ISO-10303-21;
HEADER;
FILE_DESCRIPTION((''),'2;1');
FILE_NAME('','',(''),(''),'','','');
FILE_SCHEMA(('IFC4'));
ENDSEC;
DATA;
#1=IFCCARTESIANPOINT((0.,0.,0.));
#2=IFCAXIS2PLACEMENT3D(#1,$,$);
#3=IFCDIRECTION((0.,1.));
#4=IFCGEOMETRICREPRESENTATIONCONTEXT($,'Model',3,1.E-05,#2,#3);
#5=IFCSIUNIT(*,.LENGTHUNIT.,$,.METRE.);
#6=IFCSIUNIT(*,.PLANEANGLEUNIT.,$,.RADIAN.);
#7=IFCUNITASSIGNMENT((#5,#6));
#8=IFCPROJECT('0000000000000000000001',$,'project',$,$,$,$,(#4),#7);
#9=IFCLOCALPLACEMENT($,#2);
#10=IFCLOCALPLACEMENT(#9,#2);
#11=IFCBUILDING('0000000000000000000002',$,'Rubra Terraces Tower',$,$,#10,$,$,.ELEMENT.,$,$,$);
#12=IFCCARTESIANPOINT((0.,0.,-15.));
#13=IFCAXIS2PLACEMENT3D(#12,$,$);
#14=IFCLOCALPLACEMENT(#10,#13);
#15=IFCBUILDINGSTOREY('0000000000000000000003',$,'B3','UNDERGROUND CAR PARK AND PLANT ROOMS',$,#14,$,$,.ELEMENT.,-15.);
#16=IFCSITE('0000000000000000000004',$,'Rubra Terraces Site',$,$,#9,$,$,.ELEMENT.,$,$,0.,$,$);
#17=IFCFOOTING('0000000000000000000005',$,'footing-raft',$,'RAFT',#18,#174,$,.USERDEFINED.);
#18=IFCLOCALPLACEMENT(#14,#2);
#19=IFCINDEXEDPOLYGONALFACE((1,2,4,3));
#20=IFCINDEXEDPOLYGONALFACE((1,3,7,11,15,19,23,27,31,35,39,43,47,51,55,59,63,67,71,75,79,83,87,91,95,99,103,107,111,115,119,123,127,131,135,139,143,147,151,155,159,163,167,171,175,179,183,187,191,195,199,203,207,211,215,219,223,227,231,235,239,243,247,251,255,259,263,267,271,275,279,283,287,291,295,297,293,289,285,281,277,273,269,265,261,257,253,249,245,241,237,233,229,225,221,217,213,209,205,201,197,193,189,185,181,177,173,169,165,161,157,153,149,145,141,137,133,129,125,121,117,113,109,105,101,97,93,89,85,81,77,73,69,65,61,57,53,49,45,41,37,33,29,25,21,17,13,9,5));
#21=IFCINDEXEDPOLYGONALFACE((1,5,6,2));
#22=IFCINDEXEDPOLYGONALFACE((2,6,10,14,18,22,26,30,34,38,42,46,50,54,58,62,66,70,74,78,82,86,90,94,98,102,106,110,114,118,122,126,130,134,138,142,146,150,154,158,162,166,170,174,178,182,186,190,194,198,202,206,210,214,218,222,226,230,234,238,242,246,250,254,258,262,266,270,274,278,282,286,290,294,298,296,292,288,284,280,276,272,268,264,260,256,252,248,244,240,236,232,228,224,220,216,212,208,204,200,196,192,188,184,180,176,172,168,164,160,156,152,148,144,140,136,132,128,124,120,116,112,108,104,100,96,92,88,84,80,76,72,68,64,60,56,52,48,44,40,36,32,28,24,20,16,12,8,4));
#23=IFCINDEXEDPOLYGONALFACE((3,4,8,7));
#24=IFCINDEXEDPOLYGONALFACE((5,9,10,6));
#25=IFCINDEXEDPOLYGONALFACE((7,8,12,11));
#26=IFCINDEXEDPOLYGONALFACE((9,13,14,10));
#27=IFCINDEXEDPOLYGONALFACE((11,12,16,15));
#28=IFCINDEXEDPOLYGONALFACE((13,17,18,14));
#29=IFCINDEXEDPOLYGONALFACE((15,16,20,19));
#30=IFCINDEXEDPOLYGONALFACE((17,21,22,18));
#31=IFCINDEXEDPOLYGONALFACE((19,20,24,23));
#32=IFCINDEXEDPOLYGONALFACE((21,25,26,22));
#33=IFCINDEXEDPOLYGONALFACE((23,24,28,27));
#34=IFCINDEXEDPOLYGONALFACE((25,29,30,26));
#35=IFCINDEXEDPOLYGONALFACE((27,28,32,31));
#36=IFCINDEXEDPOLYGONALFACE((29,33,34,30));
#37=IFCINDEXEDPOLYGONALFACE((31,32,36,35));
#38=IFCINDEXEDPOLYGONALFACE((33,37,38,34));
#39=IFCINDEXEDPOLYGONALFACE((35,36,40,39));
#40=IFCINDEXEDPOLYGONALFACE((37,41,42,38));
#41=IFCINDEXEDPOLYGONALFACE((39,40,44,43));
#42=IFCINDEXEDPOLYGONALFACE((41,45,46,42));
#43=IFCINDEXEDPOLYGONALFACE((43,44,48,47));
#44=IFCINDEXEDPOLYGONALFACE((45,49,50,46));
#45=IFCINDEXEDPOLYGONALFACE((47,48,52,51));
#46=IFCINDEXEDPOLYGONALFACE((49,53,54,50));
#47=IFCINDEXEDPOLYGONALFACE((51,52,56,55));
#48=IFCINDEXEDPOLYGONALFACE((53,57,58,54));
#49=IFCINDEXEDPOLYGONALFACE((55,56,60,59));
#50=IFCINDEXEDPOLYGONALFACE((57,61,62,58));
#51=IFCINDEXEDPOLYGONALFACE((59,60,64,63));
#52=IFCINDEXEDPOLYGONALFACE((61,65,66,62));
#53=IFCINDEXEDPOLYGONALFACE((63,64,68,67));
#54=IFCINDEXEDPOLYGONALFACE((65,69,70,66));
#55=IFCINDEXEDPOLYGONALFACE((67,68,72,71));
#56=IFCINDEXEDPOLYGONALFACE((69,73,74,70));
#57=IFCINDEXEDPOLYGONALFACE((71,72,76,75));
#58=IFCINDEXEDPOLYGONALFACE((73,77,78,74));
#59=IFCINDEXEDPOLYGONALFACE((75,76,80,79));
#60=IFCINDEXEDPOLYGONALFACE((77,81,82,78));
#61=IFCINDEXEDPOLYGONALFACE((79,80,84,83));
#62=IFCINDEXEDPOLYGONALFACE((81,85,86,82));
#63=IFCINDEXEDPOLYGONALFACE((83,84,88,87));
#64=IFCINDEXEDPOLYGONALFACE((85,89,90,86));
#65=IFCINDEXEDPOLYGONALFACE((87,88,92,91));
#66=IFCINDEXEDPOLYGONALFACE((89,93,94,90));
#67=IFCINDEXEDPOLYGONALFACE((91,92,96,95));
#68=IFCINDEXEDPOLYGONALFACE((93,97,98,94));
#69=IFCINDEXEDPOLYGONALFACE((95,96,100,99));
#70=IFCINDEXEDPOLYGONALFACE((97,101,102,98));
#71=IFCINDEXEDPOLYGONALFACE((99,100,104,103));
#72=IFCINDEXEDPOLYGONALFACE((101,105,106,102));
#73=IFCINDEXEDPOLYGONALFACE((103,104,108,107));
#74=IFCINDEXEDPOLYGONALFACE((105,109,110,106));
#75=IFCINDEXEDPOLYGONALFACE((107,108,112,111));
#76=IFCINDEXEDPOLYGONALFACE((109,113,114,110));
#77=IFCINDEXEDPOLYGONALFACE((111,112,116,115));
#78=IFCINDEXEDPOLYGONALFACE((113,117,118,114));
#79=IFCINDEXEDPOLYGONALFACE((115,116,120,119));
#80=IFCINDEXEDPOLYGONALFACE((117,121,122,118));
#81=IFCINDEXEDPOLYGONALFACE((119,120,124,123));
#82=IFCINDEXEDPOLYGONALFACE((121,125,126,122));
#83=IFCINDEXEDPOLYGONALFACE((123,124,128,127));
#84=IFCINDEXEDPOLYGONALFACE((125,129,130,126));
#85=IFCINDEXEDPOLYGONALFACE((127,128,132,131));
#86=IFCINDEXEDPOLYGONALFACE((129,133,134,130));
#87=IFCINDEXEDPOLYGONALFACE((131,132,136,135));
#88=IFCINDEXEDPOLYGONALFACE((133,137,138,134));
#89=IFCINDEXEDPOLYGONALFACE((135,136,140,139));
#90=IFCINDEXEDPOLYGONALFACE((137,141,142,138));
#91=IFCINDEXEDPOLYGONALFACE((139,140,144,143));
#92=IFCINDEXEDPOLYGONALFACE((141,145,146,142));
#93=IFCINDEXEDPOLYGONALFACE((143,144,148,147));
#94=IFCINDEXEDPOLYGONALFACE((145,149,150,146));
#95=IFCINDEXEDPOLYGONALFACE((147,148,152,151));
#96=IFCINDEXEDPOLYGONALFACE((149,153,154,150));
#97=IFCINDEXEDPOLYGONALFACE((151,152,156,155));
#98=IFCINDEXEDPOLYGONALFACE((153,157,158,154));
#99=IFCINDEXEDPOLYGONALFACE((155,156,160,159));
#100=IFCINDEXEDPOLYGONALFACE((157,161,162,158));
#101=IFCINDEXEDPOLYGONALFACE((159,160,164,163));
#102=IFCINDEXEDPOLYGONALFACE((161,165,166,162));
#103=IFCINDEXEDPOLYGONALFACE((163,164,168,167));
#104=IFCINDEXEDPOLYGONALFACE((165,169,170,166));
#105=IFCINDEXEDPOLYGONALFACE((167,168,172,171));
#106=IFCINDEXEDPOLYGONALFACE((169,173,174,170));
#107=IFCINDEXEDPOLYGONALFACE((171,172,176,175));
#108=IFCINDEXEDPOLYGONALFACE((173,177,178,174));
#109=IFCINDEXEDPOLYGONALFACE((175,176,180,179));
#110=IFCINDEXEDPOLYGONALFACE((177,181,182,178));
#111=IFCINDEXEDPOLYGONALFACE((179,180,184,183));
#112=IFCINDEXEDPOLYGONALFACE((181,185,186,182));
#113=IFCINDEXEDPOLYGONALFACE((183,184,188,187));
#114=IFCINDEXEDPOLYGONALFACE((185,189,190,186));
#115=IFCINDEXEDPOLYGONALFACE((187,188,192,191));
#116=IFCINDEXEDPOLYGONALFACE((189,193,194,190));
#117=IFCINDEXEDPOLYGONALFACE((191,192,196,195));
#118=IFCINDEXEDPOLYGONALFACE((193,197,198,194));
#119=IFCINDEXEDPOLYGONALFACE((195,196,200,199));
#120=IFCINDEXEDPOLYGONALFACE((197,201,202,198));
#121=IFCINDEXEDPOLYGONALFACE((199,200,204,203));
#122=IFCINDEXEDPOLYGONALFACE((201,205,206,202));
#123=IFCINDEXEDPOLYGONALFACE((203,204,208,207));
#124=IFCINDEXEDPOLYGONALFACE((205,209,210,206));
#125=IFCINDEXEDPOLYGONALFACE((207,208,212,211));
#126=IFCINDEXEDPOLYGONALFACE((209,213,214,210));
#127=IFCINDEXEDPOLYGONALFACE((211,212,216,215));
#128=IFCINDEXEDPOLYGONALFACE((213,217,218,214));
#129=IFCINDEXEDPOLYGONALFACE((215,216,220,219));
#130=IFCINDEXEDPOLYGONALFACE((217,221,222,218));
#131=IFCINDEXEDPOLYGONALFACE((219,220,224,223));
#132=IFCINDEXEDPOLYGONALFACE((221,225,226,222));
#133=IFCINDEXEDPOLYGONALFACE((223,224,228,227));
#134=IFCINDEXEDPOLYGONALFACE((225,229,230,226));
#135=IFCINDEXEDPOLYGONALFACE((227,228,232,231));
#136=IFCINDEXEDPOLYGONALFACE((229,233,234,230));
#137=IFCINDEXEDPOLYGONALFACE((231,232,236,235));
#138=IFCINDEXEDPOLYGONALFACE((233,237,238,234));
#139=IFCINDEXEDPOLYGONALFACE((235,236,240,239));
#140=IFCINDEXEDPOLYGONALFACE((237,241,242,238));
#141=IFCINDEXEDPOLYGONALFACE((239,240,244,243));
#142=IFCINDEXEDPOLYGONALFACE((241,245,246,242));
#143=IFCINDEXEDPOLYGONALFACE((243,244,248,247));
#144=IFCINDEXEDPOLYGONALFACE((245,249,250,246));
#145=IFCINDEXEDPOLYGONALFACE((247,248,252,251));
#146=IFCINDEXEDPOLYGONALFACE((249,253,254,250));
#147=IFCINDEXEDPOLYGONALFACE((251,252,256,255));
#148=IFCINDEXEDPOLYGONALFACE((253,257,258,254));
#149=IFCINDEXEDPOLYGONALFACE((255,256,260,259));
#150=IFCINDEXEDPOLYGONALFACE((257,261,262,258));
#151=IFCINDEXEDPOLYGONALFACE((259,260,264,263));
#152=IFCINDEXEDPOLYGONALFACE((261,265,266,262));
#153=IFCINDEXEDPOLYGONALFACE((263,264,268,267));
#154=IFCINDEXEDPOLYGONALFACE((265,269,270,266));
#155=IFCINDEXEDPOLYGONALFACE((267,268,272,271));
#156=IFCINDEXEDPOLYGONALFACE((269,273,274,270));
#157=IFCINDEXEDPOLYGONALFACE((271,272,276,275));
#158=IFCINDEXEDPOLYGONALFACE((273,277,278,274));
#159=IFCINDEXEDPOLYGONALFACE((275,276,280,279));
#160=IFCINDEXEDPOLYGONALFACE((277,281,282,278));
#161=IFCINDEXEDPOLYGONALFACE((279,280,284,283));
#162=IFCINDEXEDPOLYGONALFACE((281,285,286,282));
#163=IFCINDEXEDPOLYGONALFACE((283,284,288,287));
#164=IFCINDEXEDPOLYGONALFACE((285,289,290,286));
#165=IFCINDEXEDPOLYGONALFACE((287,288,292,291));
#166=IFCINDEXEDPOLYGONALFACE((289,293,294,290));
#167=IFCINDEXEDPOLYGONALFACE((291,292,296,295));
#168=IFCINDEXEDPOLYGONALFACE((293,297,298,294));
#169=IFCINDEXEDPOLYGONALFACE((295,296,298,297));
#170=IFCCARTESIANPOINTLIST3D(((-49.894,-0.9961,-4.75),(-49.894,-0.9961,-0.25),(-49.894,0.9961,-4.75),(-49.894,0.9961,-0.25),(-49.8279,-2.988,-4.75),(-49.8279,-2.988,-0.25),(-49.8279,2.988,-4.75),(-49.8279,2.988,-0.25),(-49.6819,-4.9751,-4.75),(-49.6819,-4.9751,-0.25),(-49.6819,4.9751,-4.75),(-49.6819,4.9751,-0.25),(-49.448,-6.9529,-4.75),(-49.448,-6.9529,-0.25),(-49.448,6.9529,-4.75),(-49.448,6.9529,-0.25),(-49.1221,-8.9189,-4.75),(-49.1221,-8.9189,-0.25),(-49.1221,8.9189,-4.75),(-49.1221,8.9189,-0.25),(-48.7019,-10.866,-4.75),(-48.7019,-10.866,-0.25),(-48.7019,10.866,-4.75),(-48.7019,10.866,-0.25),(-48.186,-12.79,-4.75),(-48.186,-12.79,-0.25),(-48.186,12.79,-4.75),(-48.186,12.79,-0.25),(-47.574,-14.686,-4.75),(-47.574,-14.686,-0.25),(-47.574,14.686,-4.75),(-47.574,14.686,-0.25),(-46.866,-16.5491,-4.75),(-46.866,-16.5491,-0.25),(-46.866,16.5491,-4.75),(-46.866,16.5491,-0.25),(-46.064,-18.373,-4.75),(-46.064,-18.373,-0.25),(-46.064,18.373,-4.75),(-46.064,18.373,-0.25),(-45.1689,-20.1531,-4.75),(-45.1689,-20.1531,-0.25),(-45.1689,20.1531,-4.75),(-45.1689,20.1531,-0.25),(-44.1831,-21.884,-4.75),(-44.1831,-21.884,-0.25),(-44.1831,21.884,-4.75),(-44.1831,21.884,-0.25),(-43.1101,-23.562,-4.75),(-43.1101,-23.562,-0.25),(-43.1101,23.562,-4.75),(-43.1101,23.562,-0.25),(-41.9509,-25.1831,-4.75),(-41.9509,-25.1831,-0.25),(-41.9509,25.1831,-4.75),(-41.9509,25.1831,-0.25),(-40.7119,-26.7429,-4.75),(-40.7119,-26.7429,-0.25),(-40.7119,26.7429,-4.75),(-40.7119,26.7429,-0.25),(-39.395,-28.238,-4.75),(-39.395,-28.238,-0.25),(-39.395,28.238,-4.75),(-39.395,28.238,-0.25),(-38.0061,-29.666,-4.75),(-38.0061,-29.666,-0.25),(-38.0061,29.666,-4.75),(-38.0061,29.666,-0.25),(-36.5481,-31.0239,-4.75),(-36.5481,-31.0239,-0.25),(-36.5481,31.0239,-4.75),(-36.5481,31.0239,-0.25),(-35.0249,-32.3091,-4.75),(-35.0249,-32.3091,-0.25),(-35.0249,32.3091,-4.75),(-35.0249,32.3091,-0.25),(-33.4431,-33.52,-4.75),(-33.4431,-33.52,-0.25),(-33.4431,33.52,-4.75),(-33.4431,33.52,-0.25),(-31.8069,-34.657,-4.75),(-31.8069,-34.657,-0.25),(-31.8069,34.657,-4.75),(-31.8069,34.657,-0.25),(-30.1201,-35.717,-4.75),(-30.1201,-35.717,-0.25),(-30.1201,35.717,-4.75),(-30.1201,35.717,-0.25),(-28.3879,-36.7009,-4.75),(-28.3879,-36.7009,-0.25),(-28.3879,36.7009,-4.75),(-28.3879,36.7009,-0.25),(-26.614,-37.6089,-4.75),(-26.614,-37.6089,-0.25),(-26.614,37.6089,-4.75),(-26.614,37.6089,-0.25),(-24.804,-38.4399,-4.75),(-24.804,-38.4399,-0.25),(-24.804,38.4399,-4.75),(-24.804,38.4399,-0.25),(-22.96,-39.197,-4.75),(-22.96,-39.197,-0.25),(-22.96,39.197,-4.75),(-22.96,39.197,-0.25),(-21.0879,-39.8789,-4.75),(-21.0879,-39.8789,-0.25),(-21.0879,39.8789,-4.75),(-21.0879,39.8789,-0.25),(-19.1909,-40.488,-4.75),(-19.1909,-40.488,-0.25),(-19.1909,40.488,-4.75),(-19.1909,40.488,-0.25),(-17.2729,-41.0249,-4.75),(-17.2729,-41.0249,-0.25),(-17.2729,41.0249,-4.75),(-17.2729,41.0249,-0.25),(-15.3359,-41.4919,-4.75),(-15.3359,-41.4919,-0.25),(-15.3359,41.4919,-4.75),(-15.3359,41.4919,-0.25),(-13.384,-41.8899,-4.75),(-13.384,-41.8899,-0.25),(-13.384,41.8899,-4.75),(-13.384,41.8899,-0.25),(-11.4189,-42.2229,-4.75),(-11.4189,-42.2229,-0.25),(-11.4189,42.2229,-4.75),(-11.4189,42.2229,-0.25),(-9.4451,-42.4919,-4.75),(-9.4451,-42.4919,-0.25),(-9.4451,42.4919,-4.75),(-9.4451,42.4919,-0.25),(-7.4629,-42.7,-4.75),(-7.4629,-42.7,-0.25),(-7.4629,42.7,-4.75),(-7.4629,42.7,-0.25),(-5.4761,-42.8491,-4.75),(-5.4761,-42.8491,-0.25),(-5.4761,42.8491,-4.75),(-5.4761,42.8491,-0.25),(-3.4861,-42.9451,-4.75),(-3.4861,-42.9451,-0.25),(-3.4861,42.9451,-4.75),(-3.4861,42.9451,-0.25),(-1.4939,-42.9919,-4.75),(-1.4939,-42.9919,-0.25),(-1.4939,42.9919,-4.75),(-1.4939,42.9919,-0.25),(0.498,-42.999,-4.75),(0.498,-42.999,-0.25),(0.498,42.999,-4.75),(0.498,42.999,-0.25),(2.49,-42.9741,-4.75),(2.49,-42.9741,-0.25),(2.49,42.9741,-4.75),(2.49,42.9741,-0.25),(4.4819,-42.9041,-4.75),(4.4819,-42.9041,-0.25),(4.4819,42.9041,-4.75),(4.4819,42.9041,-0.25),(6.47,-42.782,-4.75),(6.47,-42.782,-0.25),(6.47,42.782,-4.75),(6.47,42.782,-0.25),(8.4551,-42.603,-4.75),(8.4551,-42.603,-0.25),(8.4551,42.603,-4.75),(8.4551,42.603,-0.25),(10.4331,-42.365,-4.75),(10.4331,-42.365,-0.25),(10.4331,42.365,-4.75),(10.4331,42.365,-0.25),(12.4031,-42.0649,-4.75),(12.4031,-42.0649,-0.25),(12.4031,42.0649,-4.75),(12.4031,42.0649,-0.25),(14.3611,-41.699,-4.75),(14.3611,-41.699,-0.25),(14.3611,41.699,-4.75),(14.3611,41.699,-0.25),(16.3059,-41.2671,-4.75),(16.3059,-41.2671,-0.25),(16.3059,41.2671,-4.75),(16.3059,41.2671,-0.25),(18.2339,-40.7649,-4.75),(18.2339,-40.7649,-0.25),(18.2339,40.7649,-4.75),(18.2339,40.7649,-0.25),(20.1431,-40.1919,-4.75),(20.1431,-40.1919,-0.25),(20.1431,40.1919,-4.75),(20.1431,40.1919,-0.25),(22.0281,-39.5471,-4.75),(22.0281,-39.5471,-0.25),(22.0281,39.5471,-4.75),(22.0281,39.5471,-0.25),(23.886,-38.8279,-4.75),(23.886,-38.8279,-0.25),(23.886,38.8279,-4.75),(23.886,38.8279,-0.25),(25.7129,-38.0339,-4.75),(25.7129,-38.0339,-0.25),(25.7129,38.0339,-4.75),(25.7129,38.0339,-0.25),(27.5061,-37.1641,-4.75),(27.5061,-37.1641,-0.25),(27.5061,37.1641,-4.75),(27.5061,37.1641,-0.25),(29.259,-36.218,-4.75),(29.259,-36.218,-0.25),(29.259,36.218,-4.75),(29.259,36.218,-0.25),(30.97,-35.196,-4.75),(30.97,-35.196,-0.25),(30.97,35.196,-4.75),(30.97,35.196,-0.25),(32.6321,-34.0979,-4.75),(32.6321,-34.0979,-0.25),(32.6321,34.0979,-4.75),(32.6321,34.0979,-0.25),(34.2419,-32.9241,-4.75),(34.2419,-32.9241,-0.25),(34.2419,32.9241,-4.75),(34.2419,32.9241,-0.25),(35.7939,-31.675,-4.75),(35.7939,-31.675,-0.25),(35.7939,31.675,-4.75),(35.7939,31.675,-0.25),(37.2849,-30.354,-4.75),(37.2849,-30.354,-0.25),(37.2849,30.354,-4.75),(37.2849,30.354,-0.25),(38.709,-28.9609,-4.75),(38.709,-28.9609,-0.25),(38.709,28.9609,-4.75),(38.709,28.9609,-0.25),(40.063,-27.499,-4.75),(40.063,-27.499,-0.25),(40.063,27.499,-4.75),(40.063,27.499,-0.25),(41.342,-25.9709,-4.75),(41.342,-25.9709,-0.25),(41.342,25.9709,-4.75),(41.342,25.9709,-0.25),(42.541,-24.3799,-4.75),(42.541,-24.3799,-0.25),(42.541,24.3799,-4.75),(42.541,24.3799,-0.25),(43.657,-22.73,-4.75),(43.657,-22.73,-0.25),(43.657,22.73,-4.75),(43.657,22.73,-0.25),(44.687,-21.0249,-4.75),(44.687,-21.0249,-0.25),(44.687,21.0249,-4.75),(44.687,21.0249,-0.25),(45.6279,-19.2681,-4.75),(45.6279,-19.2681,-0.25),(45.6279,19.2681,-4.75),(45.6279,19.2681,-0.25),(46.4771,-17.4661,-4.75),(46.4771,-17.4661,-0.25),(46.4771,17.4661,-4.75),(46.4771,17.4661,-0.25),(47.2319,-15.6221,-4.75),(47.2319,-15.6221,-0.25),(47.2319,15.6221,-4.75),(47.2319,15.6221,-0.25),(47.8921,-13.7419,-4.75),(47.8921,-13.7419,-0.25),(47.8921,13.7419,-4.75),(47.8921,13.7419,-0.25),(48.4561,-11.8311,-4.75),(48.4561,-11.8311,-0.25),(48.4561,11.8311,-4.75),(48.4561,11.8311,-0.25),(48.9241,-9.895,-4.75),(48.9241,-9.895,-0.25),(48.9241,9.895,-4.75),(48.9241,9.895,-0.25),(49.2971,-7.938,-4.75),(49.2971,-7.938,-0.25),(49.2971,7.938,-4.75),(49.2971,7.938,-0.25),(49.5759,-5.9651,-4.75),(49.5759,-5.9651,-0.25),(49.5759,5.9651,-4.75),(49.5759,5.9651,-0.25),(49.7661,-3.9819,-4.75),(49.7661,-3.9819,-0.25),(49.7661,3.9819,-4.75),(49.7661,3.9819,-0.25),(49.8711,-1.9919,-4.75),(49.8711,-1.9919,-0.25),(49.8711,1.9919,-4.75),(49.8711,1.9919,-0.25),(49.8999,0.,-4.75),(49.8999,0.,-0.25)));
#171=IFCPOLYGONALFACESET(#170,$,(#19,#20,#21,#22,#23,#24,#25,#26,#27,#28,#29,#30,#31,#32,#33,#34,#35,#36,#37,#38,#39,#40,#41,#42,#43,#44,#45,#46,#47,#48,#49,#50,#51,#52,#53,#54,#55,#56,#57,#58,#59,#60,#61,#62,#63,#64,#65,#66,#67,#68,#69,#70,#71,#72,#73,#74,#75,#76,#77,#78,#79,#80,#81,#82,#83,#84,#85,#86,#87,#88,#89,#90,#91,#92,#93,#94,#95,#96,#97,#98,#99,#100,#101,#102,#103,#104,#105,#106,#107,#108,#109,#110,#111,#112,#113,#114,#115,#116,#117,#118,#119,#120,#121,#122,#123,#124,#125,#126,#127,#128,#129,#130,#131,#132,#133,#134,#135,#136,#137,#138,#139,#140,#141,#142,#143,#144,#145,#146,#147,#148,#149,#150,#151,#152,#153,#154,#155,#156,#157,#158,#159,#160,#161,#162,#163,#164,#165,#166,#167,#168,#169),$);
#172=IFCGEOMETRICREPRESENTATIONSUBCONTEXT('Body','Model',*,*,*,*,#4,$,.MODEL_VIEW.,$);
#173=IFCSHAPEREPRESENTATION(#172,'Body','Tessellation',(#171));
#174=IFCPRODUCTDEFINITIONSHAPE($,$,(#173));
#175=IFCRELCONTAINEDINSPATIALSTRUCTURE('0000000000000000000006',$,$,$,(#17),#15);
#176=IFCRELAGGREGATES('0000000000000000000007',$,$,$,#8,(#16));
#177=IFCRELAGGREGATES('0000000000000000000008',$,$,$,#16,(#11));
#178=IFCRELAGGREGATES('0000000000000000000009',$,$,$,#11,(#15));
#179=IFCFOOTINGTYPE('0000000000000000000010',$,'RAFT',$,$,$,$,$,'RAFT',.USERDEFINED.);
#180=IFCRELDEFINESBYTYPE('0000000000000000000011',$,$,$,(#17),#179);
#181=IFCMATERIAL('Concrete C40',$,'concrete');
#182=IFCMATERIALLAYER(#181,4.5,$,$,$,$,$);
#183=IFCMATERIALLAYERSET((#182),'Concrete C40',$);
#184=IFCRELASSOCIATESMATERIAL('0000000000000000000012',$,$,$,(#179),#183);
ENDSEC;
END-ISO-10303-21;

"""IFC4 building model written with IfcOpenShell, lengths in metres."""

from ifc_helpers import new_model, si_unit, direction, frame, origin, place, context, subcontext, project, spatial, polyline, outline, extrude, material, layer, layer_set, type_object, element, save


model = new_model("IFC4")

# Units and contexts
model_context = context("Model", 3, precision=1e-05, world=origin(), true_north=direction((0.0, 1.0)))
body_context = subcontext(model_context, "Body", "Model", "MODEL_VIEW")
ifc_project = project(units=[si_unit("LENGTHUNIT", "METRE"), si_unit("PLANEANGLEUNIT", "RADIAN")], contexts=[model_context])

# Site, building, storey
site_placement = place(None, origin())
site = spatial("IfcSite", under=ifc_project, at=site_placement, Name="Rubra Terraces Site", CompositionType="ELEMENT", RefElevation=0.0)
building_placement = place(site_placement, origin())
building = spatial("IfcBuilding", under=site, at=building_placement, Name="Rubra Terraces Tower", CompositionType="ELEMENT")
storey_placement = place(building_placement, frame((0.0, 0.0, -15.0)))
storey = spatial("IfcBuildingStorey", under=building, at=storey_placement, Name="B3", Description="UNDERGROUND CAR PARK AND PLANT ROOMS", CompositionType="ELEMENT", Elevation=-15.0)

# Shared definitions
ifc_material_1 = material(Name="Concrete C40", Category="concrete")

# Footing
ifc_layer_1 = layer(ifc_material_1, 4.5)
ifc_layer_set_1 = layer_set([ifc_layer_1], Name="Concrete C40")
footing_type_1 = type_object("IfcFootingType", Name="RAFT", ElementType="RAFT", PredefinedType="USERDEFINED", material=ifc_layer_set_1)
footing_1_placement = place(storey_placement, frame((0.0, 0.0, -4.75)))
element("IfcFooting", 1, at=footing_1_placement, inside=storey, type_object=footing_type_1, Name="footing-raft", ObjectType="RAFT", PredefinedType="USERDEFINED", context=body_context, shape_type="SweptSolid", body=[
    extrude(outline(polyline([(49.8999, 0.0), (49.8711, 1.9919), (49.7661, 3.9819), (49.5759, 5.9651), (49.2971, 7.938), (48.9241, 9.895), (48.4561, 11.8311), (47.8921, 13.7419), (47.2319, 15.6221), (46.4771, 17.4661), (45.6279, 19.2681), (44.687, 21.0249), (43.657, 22.73), (42.541, 24.3799), (41.342, 25.9709), (40.063, 27.499), (38.709, 28.9609), (37.2849, 30.354), (35.7939, 31.675), (34.2419, 32.9241), (32.6321, 34.0979), (30.97, 35.196), (29.259, 36.218), (27.5061, 37.1641), (25.7129, 38.0339), (23.886, 38.8279), (22.0281, 39.5471), (20.1431, 40.1919), (18.2339, 40.7649), (16.3059, 41.2671), (14.3611, 41.699), (12.4031, 42.0649), (10.4331, 42.365), (8.4551, 42.603), (6.47, 42.782), (4.4819, 42.9041), (2.49, 42.9741), (0.498, 42.999), (-1.4939, 42.9919), (-3.4861, 42.9451), (-5.4761, 42.8491), (-7.4629, 42.7), (-9.4451, 42.4919), (-11.4189, 42.2229), (-13.384, 41.8899), (-15.3359, 41.4919), (-17.2729, 41.0249), (-19.1909, 40.488), (-21.0879, 39.8789), (-22.96, 39.197), (-24.804, 38.4399), (-26.614, 37.6089), (-28.3879, 36.7009), (-30.1201, 35.717), (-31.8069, 34.657), (-33.4431, 33.52), (-35.0249, 32.3091), (-36.5481, 31.0239), (-38.0061, 29.666), (-39.395, 28.238), (-40.7119, 26.7429), (-41.9509, 25.1831), (-43.1101, 23.562), (-44.1831, 21.884), (-45.1689, 20.1531), (-46.064, 18.373), (-46.866, 16.5491), (-47.574, 14.686), (-48.186, 12.79), (-48.7019, 10.866), (-49.1221, 8.9189), (-49.448, 6.9529), (-49.6819, 4.9751), (-49.8279, 2.988), (-49.894, 0.9961), (-49.894, -0.9961), (-49.8279, -2.988), (-49.6819, -4.9751), (-49.448, -6.9529), (-49.1221, -8.9189), (-48.7019, -10.866), (-48.186, -12.79), (-47.574, -14.686), (-46.866, -16.5491), (-46.064, -18.373), (-45.1689, -20.1531), (-44.1831, -21.884), (-43.1101, -23.562), (-41.9509, -25.1831), (-40.7119, -26.7429), (-39.395, -28.238), (-38.0061, -29.666), (-36.5481, -31.0239), (-35.0249, -32.3091), (-33.4431, -33.52), (-31.8069, -34.657), (-30.1201, -35.717), (-28.3879, -36.7009), (-26.614, -37.6089), (-24.804, -38.4399), (-22.96, -39.197), (-21.0879, -39.8789), (-19.1909, -40.488), (-17.2729, -41.0249), (-15.3359, -41.4919), (-13.384, -41.8899), (-11.4189, -42.2229), (-9.4451, -42.4919), (-7.4629, -42.7), (-5.4761, -42.8491), (-3.4861, -42.9451), (-1.4939, -42.9919), (0.498, -42.999), (2.49, -42.9741), (4.4819, -42.9041), (6.47, -42.782), (8.4551, -42.603), (10.4331, -42.365), (12.4031, -42.0649), (14.3611, -41.699), (16.3059, -41.2671), (18.2339, -40.7649), (20.1431, -40.1919), (22.0281, -39.5471), (23.886, -38.8279), (25.7129, -38.0339), (27.5061, -37.1641), (29.259, -36.218), (30.97, -35.196), (32.6321, -34.0979), (34.2419, -32.9241), (35.7939, -31.675), (37.2849, -30.354), (38.709, -28.9609), (40.063, -27.499), (41.342, -25.9709), (42.541, -24.3799), (43.657, -22.73), (44.687, -21.0249), (45.6279, -19.2681), (46.4771, -17.4661), (47.2319, -15.6221), (47.8921, -13.7419), (48.4561, -11.8311), (48.9241, -9.895), (49.2971, -7.938), (49.5759, -5.9651), (49.7661, -3.9819), (49.8711, -1.9919), (49.8999, 0.0)])), origin(), (0.0, 0.0, 1.0), 4.5),
])

save(model, "model.ifc")
